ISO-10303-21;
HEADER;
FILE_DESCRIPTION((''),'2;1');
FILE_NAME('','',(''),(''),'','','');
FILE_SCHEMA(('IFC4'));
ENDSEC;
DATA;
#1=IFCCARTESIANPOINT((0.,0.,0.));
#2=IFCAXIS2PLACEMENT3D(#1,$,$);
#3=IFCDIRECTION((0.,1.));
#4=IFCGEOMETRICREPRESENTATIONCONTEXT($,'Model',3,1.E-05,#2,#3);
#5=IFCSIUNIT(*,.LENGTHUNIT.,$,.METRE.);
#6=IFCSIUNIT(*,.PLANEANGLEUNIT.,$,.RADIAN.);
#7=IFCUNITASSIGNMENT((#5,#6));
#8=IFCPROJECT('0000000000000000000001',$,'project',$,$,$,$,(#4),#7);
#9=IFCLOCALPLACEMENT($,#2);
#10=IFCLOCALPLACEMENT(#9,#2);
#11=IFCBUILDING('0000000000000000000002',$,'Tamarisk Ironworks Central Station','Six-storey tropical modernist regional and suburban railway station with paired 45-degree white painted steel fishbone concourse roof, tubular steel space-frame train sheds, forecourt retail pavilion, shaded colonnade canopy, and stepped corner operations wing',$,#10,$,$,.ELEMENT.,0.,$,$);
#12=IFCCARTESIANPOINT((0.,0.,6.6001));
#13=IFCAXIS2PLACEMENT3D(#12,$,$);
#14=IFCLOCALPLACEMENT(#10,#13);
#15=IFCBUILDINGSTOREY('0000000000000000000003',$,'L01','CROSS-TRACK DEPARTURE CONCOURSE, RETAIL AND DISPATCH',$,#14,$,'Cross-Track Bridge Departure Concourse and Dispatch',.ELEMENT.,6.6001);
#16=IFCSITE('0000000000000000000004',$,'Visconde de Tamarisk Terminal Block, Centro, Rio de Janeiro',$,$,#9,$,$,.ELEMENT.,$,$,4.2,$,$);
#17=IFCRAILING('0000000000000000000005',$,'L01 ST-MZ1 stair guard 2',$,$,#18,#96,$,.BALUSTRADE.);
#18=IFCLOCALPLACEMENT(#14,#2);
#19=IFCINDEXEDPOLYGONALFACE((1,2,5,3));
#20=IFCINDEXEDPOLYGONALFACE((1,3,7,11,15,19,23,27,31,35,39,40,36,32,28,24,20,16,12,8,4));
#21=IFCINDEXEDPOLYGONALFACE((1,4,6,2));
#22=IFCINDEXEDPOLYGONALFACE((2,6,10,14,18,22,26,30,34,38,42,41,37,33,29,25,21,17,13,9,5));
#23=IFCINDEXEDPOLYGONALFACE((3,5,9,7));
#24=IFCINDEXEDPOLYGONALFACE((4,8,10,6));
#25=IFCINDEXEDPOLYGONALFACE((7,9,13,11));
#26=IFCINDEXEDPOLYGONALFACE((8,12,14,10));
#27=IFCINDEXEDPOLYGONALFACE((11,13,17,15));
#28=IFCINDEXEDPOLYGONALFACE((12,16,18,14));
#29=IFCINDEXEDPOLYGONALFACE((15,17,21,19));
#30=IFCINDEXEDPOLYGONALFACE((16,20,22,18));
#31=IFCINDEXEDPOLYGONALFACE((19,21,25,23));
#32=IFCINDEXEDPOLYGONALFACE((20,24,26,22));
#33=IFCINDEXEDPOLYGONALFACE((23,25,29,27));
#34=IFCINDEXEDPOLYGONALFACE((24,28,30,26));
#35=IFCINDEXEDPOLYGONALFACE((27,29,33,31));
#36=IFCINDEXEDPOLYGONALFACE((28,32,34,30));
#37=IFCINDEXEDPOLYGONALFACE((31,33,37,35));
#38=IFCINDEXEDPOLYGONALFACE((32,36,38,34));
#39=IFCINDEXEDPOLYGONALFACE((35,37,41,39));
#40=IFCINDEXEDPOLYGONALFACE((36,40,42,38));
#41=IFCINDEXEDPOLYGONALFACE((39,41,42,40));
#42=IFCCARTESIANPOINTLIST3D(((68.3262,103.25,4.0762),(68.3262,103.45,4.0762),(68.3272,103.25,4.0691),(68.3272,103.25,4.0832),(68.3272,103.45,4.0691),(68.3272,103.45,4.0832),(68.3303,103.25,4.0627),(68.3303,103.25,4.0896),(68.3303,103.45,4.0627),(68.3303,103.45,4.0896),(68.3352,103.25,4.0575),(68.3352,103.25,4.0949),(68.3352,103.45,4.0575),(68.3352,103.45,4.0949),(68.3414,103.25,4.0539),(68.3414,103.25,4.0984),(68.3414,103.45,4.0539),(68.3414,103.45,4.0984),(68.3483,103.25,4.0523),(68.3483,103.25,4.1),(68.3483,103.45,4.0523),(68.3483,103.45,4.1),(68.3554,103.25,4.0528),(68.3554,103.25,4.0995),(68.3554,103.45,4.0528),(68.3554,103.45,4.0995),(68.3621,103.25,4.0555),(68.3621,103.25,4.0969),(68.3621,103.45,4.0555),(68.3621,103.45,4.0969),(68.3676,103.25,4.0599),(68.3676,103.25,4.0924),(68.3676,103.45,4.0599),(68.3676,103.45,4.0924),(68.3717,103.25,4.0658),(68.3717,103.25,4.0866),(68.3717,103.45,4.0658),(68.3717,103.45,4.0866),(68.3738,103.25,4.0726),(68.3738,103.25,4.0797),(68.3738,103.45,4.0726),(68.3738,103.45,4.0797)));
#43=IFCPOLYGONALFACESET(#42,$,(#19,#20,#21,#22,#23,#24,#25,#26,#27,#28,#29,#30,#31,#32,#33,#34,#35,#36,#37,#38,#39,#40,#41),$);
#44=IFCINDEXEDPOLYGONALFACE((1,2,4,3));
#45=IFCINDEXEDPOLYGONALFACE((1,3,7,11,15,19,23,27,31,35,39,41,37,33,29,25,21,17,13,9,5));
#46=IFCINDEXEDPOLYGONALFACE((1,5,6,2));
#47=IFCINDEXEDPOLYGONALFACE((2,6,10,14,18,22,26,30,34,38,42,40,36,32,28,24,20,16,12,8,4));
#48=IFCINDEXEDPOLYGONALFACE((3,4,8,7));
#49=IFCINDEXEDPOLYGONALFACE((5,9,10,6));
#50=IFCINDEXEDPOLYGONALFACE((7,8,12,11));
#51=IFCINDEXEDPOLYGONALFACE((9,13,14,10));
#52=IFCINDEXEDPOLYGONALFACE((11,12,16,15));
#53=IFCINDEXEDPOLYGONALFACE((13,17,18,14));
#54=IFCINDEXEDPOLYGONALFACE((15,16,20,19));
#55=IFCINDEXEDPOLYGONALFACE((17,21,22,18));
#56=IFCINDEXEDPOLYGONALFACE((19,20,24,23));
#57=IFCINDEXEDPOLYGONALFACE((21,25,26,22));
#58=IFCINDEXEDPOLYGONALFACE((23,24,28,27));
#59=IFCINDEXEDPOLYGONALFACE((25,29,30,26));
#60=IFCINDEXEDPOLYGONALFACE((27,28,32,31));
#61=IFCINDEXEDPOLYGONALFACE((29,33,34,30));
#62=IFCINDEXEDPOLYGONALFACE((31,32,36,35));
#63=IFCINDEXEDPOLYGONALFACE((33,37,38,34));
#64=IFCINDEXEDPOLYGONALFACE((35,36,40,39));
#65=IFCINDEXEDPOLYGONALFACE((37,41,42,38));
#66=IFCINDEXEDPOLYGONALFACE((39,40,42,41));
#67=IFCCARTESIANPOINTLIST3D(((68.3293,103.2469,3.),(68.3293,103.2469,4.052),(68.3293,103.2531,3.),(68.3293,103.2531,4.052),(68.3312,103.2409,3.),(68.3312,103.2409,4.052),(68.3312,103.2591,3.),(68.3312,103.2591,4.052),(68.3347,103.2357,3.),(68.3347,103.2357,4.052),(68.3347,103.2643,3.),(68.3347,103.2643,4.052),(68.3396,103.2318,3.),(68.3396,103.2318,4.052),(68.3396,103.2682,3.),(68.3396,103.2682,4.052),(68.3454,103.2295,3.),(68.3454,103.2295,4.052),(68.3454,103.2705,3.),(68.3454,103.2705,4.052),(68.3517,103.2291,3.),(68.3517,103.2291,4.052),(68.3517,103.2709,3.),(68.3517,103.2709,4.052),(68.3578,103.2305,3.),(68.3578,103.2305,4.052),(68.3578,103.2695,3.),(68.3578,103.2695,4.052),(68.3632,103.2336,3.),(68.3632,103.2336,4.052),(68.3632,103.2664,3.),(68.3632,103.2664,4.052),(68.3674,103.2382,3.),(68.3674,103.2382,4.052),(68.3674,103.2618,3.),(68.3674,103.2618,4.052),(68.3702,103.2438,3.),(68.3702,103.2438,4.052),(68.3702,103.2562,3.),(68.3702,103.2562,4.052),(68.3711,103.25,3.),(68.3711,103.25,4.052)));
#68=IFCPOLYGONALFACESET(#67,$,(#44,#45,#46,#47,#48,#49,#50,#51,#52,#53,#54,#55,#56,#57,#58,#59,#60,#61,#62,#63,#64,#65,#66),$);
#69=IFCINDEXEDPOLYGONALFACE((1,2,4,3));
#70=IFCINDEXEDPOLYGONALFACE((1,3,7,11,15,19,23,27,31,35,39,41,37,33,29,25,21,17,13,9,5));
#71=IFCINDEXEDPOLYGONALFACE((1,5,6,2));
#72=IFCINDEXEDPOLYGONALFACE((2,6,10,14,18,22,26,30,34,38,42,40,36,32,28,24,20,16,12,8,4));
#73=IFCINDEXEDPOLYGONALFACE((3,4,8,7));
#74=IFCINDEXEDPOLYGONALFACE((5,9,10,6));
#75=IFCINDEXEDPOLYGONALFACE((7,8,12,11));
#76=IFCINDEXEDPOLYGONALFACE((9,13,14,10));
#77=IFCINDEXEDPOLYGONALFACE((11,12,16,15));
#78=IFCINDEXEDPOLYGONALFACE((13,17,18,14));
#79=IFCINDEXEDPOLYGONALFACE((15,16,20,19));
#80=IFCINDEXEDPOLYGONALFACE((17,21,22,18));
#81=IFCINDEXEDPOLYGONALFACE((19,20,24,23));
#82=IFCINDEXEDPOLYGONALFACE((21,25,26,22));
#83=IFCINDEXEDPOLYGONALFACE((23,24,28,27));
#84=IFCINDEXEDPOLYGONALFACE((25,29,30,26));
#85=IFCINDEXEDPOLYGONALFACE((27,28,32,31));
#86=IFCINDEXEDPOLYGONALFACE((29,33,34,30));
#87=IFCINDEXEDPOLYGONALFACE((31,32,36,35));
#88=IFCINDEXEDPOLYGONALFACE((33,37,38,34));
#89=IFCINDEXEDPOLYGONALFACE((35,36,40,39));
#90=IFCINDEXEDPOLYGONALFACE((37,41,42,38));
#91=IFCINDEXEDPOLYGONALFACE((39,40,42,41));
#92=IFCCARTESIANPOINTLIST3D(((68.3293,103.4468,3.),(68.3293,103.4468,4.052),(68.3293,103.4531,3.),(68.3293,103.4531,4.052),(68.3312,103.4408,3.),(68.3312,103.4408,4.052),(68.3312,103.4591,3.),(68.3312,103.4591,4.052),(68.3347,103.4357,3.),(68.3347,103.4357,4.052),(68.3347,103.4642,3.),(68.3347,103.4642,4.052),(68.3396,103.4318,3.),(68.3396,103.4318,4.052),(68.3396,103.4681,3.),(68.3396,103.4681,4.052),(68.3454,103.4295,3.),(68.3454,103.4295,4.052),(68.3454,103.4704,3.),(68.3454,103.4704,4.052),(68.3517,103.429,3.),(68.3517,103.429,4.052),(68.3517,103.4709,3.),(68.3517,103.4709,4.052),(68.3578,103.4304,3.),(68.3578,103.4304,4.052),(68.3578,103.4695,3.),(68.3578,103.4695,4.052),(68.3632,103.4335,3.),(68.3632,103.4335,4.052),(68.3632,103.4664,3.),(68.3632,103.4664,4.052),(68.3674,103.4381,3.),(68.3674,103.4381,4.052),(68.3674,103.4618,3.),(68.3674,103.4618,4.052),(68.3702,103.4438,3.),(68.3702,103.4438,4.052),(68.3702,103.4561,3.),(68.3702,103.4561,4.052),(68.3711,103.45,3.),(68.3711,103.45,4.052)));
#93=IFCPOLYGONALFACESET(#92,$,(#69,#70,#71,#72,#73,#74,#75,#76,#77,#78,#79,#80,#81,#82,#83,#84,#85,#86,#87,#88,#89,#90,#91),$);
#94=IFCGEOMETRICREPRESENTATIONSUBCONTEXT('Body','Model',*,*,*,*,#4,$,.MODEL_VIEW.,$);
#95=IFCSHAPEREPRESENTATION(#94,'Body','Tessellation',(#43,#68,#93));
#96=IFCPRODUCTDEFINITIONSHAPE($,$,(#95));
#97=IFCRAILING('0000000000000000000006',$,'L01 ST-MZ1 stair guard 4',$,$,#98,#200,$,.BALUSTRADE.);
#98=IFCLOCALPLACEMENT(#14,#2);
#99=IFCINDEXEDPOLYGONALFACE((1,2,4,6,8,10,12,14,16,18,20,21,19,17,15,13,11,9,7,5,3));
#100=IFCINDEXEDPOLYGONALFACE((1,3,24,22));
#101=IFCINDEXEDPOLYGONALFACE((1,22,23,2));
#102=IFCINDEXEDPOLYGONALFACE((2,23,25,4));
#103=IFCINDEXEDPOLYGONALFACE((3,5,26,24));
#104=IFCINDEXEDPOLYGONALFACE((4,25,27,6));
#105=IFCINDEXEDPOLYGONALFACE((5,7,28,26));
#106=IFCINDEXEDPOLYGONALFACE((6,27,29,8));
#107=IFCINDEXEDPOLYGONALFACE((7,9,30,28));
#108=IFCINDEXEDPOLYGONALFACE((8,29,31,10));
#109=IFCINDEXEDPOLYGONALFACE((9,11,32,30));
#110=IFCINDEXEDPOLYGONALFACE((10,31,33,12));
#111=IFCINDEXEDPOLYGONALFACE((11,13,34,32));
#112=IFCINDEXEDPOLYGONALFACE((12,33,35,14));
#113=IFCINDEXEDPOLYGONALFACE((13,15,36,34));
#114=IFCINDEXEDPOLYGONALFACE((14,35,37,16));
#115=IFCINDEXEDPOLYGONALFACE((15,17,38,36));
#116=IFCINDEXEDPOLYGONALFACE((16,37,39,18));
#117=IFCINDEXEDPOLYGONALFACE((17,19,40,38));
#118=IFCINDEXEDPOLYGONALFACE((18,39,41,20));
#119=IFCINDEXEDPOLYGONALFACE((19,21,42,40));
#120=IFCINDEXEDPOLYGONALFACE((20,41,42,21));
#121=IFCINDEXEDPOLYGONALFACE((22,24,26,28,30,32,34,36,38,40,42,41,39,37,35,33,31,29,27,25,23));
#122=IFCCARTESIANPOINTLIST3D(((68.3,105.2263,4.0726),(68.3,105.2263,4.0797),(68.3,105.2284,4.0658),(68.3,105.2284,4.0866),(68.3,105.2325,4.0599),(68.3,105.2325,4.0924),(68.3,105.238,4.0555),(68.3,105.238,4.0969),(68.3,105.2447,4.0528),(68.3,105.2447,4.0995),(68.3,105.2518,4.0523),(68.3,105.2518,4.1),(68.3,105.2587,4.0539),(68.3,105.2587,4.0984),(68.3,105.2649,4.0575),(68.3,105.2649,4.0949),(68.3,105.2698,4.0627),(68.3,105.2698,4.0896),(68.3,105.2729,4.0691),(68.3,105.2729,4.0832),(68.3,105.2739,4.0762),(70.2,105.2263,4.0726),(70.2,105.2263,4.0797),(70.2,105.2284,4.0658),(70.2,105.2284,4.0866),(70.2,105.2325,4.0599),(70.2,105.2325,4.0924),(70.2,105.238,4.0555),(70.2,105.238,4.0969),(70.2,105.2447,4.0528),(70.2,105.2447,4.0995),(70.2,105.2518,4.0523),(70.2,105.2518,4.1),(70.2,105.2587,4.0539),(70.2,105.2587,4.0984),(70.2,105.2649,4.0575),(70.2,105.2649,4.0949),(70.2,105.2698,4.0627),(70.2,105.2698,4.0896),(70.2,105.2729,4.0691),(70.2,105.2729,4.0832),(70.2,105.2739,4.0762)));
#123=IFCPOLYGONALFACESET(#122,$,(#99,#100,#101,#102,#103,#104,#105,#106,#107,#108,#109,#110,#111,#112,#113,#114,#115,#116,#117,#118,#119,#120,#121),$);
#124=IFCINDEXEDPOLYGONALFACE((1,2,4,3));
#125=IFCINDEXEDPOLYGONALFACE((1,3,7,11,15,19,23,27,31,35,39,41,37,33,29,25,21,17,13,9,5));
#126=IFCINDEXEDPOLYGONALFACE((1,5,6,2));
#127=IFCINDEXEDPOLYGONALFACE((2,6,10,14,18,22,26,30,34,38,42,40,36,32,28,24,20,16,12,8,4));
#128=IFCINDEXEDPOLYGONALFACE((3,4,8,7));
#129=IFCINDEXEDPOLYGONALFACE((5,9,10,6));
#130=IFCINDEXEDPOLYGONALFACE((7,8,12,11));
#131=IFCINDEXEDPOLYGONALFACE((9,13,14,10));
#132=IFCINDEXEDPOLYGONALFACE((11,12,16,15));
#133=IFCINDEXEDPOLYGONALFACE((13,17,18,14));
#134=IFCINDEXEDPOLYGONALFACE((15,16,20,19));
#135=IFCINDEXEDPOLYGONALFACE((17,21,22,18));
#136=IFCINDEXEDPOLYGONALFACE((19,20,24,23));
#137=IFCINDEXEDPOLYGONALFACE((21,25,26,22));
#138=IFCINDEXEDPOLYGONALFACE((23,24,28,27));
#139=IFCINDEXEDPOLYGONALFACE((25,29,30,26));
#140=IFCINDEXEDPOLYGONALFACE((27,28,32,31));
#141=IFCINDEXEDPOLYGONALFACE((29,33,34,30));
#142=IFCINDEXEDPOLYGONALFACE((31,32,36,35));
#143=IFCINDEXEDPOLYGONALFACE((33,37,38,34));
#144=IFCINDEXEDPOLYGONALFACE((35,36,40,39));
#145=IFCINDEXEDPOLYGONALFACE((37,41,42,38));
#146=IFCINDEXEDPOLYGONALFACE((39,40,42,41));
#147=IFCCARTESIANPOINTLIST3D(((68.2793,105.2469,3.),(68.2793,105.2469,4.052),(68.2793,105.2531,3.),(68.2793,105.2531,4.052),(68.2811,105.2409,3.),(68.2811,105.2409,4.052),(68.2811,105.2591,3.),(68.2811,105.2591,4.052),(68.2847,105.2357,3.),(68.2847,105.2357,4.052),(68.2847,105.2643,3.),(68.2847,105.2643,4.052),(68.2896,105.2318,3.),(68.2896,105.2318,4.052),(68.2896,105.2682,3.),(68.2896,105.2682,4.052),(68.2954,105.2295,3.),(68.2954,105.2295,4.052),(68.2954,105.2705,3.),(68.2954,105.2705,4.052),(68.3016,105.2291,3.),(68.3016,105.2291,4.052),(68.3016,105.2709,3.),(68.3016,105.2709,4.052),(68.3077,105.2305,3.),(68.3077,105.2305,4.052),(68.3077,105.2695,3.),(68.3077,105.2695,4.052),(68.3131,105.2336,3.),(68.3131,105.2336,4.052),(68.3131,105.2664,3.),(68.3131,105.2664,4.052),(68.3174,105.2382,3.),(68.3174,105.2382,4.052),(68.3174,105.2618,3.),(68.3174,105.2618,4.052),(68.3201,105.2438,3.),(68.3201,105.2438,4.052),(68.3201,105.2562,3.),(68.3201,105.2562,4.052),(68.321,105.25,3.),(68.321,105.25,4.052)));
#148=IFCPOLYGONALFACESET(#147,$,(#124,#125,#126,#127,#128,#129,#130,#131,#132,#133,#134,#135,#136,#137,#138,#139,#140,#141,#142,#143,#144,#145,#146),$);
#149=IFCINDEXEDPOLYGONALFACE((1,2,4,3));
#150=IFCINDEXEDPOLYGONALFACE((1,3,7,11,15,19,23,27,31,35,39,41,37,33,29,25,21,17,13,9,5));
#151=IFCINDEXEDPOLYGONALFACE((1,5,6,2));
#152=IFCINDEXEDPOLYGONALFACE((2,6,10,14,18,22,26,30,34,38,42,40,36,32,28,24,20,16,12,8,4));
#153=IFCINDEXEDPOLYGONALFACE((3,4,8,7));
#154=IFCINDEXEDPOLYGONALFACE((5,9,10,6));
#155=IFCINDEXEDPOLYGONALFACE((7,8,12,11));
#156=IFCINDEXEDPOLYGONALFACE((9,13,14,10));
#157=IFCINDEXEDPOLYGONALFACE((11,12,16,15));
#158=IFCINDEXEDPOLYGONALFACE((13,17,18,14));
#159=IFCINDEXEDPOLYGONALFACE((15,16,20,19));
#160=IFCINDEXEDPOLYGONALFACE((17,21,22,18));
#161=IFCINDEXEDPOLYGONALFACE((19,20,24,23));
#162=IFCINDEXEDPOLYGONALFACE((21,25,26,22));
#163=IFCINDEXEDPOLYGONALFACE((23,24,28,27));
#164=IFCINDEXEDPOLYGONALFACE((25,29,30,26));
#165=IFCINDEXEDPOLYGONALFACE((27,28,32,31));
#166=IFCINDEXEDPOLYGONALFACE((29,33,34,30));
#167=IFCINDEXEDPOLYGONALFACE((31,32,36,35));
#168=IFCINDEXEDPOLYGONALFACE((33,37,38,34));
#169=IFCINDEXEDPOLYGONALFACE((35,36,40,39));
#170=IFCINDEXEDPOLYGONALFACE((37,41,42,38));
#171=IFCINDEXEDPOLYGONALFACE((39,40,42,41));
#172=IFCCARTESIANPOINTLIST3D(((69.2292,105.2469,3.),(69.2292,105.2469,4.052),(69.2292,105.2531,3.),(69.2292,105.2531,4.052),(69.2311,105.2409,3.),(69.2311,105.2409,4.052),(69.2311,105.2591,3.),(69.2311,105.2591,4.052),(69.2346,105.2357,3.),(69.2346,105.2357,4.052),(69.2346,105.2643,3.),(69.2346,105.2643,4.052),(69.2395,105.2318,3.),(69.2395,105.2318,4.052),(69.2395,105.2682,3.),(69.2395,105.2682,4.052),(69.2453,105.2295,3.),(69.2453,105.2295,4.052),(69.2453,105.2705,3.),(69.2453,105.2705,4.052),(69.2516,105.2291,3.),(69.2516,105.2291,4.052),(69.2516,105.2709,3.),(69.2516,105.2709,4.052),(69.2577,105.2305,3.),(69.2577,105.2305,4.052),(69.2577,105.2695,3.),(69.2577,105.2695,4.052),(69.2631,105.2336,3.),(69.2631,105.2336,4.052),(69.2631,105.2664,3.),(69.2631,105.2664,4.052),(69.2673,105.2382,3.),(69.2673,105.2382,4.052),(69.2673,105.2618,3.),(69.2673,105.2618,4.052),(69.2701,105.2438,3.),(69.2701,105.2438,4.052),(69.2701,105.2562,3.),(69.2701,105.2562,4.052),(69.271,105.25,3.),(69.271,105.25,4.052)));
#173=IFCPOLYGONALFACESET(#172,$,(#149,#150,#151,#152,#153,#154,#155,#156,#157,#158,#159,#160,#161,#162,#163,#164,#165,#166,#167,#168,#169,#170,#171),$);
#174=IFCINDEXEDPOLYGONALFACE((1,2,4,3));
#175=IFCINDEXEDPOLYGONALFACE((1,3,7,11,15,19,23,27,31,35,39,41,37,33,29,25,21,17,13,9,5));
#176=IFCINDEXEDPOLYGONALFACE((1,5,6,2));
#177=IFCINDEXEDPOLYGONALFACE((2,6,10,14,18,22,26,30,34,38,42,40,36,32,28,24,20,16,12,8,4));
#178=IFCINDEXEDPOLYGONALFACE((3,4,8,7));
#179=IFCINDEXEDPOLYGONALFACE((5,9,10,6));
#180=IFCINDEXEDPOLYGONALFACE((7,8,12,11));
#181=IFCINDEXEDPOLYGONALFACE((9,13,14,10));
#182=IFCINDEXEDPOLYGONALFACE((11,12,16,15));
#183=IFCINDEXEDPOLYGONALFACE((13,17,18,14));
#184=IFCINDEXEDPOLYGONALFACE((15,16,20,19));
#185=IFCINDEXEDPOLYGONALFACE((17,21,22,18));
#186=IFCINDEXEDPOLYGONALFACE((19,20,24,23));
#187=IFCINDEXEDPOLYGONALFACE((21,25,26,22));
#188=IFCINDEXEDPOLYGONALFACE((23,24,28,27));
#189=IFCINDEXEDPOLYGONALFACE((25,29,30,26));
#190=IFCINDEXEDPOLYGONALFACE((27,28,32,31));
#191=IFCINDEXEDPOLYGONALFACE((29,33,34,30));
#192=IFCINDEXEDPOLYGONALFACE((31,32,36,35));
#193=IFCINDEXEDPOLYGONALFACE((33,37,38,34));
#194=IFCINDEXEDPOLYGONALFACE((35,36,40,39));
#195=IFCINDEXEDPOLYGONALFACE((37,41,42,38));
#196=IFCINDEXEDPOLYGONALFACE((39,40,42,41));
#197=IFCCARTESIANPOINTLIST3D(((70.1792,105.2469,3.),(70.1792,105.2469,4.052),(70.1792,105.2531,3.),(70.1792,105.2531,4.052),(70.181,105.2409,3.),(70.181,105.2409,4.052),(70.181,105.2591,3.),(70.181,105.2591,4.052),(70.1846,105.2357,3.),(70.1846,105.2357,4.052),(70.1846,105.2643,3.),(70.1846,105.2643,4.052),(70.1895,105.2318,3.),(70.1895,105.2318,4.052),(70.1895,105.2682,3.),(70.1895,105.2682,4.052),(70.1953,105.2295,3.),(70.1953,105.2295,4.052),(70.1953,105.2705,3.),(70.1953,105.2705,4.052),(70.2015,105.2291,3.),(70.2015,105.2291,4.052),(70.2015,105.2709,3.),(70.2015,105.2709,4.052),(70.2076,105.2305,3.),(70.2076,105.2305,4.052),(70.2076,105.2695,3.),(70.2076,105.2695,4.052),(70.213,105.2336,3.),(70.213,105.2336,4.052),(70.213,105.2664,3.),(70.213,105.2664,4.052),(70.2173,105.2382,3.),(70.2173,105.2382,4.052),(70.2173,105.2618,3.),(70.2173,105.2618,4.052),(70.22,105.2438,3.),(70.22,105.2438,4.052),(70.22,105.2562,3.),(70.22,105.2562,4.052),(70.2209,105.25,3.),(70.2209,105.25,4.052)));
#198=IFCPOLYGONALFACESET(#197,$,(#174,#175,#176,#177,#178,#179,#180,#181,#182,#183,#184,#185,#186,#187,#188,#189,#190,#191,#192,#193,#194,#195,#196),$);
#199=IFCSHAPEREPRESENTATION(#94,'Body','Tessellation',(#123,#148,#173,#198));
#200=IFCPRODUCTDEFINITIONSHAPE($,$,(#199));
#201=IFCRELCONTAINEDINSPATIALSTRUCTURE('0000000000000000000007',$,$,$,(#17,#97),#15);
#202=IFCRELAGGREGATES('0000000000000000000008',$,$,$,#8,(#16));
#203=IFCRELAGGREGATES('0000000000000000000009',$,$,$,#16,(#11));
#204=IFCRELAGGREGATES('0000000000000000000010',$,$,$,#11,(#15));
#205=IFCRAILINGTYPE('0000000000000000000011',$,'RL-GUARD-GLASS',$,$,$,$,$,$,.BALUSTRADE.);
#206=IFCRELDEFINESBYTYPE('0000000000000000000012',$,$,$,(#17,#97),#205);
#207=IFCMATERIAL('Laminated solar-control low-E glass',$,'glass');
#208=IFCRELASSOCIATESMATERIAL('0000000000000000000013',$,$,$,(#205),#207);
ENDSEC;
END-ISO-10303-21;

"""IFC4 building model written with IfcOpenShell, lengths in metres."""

from ifc_helpers import new_model, si_unit, direction, frame, origin, origin_2d, place, context, subcontext, project, spatial, circle, extrude, material, type_object, element, save


model = new_model("IFC4")

# Units and contexts
model_context = context("Model", 3, precision=1e-05, world=origin(), true_north=direction((0.0, 1.0)))
body_context = subcontext(model_context, "Body", "Model", "MODEL_VIEW")
ifc_project = project(units=[si_unit("LENGTHUNIT", "METRE"), si_unit("PLANEANGLEUNIT", "RADIAN")], contexts=[model_context])

# Site, building, storey
site_placement = place(None, origin())
site = spatial("IfcSite", under=ifc_project, at=site_placement, Name="Visconde de Tamarisk Terminal Block, Centro, Rio de Janeiro", CompositionType="ELEMENT", RefElevation=4.2)
building_placement = place(site_placement, origin())
building = spatial("IfcBuilding", under=site, at=building_placement, Name="Tamarisk Ironworks Central Station", Description="Six-storey tropical modernist regional and suburban railway station with paired 45-degree white painted steel fishbone concourse roof, tubular steel space-frame train sheds, forecourt retail pavilion, shaded colonnade canopy, and stepped corner operations wing", CompositionType="ELEMENT", ElevationOfRefHeight=0.0)
storey_placement = place(building_placement, frame((0.0, 0.0, 6.6001)))
storey = spatial("IfcBuildingStorey", under=building, at=storey_placement, Name="L01", Description="CROSS-TRACK DEPARTURE CONCOURSE, RETAIL AND DISPATCH", LongName="Cross-Track Bridge Departure Concourse and Dispatch", CompositionType="ELEMENT", Elevation=6.6001)

# Shared definitions
ifc_material_1 = material(Name="Laminated solar-control low-E glass", Category="glass")

# Railings
railing_type_1 = type_object("IfcRailingType", Name="RL-GUARD-GLASS", PredefinedType="BALUSTRADE", material=ifc_material_1)
railing_1_placement = place(storey_placement, frame((68.3501, 103.25, 3.0)))
element("IfcRailing", 1, at=railing_1_placement, inside=storey, type_object=railing_type_1, Name="L01 ST-MZ1 stair guard 2", PredefinedType="BALUSTRADE", context=body_context, shape_type="SweptSolid", body=[
    extrude(circle(Radius=0.0239, at=origin_2d()), frame((0.0, 0.0, 1.0762), z_axis=(0.0, 1.0, 0.0), x_axis=(-1.0, 0.0, 0.0)), (0.0, 0.0, 1.0), 0.2),
    extrude(circle(Radius=0.021, at=origin_2d()), origin(), (0.0, 0.0, 1.0), 1.052),
    extrude(circle(Radius=0.021, at=origin_2d()), frame((0.0, 0.2, 0.0)), (0.0, 0.0, 1.0), 1.052),
])
railing_2_placement = place(storey_placement, frame((68.3, 105.25, 3.0)))
element("IfcRailing", 2, at=railing_2_placement, inside=storey, type_object=railing_type_1, Name="L01 ST-MZ1 stair guard 4", PredefinedType="BALUSTRADE", context=body_context, shape_type="SweptSolid", body=[
    extrude(circle(Radius=0.0239, at=origin_2d()), frame((0.0, 0.0, 1.0762), z_axis=(1.0, 0.0, 0.0), x_axis=(0.0, 1.0, 0.0)), (0.0, 0.0, 1.0), 1.8999),
    extrude(circle(Radius=0.021, at=origin_2d()), origin(), (0.0, 0.0, 1.0), 1.052),
    extrude(circle(Radius=0.021, at=origin_2d()), frame((0.95, 0.0, 0.0)), (0.0, 0.0, 1.0), 1.052),
    extrude(circle(Radius=0.021, at=origin_2d()), frame((1.8999, 0.0, 0.0)), (0.0, 0.0, 1.0), 1.052),
])

save(model, "model.ifc")
